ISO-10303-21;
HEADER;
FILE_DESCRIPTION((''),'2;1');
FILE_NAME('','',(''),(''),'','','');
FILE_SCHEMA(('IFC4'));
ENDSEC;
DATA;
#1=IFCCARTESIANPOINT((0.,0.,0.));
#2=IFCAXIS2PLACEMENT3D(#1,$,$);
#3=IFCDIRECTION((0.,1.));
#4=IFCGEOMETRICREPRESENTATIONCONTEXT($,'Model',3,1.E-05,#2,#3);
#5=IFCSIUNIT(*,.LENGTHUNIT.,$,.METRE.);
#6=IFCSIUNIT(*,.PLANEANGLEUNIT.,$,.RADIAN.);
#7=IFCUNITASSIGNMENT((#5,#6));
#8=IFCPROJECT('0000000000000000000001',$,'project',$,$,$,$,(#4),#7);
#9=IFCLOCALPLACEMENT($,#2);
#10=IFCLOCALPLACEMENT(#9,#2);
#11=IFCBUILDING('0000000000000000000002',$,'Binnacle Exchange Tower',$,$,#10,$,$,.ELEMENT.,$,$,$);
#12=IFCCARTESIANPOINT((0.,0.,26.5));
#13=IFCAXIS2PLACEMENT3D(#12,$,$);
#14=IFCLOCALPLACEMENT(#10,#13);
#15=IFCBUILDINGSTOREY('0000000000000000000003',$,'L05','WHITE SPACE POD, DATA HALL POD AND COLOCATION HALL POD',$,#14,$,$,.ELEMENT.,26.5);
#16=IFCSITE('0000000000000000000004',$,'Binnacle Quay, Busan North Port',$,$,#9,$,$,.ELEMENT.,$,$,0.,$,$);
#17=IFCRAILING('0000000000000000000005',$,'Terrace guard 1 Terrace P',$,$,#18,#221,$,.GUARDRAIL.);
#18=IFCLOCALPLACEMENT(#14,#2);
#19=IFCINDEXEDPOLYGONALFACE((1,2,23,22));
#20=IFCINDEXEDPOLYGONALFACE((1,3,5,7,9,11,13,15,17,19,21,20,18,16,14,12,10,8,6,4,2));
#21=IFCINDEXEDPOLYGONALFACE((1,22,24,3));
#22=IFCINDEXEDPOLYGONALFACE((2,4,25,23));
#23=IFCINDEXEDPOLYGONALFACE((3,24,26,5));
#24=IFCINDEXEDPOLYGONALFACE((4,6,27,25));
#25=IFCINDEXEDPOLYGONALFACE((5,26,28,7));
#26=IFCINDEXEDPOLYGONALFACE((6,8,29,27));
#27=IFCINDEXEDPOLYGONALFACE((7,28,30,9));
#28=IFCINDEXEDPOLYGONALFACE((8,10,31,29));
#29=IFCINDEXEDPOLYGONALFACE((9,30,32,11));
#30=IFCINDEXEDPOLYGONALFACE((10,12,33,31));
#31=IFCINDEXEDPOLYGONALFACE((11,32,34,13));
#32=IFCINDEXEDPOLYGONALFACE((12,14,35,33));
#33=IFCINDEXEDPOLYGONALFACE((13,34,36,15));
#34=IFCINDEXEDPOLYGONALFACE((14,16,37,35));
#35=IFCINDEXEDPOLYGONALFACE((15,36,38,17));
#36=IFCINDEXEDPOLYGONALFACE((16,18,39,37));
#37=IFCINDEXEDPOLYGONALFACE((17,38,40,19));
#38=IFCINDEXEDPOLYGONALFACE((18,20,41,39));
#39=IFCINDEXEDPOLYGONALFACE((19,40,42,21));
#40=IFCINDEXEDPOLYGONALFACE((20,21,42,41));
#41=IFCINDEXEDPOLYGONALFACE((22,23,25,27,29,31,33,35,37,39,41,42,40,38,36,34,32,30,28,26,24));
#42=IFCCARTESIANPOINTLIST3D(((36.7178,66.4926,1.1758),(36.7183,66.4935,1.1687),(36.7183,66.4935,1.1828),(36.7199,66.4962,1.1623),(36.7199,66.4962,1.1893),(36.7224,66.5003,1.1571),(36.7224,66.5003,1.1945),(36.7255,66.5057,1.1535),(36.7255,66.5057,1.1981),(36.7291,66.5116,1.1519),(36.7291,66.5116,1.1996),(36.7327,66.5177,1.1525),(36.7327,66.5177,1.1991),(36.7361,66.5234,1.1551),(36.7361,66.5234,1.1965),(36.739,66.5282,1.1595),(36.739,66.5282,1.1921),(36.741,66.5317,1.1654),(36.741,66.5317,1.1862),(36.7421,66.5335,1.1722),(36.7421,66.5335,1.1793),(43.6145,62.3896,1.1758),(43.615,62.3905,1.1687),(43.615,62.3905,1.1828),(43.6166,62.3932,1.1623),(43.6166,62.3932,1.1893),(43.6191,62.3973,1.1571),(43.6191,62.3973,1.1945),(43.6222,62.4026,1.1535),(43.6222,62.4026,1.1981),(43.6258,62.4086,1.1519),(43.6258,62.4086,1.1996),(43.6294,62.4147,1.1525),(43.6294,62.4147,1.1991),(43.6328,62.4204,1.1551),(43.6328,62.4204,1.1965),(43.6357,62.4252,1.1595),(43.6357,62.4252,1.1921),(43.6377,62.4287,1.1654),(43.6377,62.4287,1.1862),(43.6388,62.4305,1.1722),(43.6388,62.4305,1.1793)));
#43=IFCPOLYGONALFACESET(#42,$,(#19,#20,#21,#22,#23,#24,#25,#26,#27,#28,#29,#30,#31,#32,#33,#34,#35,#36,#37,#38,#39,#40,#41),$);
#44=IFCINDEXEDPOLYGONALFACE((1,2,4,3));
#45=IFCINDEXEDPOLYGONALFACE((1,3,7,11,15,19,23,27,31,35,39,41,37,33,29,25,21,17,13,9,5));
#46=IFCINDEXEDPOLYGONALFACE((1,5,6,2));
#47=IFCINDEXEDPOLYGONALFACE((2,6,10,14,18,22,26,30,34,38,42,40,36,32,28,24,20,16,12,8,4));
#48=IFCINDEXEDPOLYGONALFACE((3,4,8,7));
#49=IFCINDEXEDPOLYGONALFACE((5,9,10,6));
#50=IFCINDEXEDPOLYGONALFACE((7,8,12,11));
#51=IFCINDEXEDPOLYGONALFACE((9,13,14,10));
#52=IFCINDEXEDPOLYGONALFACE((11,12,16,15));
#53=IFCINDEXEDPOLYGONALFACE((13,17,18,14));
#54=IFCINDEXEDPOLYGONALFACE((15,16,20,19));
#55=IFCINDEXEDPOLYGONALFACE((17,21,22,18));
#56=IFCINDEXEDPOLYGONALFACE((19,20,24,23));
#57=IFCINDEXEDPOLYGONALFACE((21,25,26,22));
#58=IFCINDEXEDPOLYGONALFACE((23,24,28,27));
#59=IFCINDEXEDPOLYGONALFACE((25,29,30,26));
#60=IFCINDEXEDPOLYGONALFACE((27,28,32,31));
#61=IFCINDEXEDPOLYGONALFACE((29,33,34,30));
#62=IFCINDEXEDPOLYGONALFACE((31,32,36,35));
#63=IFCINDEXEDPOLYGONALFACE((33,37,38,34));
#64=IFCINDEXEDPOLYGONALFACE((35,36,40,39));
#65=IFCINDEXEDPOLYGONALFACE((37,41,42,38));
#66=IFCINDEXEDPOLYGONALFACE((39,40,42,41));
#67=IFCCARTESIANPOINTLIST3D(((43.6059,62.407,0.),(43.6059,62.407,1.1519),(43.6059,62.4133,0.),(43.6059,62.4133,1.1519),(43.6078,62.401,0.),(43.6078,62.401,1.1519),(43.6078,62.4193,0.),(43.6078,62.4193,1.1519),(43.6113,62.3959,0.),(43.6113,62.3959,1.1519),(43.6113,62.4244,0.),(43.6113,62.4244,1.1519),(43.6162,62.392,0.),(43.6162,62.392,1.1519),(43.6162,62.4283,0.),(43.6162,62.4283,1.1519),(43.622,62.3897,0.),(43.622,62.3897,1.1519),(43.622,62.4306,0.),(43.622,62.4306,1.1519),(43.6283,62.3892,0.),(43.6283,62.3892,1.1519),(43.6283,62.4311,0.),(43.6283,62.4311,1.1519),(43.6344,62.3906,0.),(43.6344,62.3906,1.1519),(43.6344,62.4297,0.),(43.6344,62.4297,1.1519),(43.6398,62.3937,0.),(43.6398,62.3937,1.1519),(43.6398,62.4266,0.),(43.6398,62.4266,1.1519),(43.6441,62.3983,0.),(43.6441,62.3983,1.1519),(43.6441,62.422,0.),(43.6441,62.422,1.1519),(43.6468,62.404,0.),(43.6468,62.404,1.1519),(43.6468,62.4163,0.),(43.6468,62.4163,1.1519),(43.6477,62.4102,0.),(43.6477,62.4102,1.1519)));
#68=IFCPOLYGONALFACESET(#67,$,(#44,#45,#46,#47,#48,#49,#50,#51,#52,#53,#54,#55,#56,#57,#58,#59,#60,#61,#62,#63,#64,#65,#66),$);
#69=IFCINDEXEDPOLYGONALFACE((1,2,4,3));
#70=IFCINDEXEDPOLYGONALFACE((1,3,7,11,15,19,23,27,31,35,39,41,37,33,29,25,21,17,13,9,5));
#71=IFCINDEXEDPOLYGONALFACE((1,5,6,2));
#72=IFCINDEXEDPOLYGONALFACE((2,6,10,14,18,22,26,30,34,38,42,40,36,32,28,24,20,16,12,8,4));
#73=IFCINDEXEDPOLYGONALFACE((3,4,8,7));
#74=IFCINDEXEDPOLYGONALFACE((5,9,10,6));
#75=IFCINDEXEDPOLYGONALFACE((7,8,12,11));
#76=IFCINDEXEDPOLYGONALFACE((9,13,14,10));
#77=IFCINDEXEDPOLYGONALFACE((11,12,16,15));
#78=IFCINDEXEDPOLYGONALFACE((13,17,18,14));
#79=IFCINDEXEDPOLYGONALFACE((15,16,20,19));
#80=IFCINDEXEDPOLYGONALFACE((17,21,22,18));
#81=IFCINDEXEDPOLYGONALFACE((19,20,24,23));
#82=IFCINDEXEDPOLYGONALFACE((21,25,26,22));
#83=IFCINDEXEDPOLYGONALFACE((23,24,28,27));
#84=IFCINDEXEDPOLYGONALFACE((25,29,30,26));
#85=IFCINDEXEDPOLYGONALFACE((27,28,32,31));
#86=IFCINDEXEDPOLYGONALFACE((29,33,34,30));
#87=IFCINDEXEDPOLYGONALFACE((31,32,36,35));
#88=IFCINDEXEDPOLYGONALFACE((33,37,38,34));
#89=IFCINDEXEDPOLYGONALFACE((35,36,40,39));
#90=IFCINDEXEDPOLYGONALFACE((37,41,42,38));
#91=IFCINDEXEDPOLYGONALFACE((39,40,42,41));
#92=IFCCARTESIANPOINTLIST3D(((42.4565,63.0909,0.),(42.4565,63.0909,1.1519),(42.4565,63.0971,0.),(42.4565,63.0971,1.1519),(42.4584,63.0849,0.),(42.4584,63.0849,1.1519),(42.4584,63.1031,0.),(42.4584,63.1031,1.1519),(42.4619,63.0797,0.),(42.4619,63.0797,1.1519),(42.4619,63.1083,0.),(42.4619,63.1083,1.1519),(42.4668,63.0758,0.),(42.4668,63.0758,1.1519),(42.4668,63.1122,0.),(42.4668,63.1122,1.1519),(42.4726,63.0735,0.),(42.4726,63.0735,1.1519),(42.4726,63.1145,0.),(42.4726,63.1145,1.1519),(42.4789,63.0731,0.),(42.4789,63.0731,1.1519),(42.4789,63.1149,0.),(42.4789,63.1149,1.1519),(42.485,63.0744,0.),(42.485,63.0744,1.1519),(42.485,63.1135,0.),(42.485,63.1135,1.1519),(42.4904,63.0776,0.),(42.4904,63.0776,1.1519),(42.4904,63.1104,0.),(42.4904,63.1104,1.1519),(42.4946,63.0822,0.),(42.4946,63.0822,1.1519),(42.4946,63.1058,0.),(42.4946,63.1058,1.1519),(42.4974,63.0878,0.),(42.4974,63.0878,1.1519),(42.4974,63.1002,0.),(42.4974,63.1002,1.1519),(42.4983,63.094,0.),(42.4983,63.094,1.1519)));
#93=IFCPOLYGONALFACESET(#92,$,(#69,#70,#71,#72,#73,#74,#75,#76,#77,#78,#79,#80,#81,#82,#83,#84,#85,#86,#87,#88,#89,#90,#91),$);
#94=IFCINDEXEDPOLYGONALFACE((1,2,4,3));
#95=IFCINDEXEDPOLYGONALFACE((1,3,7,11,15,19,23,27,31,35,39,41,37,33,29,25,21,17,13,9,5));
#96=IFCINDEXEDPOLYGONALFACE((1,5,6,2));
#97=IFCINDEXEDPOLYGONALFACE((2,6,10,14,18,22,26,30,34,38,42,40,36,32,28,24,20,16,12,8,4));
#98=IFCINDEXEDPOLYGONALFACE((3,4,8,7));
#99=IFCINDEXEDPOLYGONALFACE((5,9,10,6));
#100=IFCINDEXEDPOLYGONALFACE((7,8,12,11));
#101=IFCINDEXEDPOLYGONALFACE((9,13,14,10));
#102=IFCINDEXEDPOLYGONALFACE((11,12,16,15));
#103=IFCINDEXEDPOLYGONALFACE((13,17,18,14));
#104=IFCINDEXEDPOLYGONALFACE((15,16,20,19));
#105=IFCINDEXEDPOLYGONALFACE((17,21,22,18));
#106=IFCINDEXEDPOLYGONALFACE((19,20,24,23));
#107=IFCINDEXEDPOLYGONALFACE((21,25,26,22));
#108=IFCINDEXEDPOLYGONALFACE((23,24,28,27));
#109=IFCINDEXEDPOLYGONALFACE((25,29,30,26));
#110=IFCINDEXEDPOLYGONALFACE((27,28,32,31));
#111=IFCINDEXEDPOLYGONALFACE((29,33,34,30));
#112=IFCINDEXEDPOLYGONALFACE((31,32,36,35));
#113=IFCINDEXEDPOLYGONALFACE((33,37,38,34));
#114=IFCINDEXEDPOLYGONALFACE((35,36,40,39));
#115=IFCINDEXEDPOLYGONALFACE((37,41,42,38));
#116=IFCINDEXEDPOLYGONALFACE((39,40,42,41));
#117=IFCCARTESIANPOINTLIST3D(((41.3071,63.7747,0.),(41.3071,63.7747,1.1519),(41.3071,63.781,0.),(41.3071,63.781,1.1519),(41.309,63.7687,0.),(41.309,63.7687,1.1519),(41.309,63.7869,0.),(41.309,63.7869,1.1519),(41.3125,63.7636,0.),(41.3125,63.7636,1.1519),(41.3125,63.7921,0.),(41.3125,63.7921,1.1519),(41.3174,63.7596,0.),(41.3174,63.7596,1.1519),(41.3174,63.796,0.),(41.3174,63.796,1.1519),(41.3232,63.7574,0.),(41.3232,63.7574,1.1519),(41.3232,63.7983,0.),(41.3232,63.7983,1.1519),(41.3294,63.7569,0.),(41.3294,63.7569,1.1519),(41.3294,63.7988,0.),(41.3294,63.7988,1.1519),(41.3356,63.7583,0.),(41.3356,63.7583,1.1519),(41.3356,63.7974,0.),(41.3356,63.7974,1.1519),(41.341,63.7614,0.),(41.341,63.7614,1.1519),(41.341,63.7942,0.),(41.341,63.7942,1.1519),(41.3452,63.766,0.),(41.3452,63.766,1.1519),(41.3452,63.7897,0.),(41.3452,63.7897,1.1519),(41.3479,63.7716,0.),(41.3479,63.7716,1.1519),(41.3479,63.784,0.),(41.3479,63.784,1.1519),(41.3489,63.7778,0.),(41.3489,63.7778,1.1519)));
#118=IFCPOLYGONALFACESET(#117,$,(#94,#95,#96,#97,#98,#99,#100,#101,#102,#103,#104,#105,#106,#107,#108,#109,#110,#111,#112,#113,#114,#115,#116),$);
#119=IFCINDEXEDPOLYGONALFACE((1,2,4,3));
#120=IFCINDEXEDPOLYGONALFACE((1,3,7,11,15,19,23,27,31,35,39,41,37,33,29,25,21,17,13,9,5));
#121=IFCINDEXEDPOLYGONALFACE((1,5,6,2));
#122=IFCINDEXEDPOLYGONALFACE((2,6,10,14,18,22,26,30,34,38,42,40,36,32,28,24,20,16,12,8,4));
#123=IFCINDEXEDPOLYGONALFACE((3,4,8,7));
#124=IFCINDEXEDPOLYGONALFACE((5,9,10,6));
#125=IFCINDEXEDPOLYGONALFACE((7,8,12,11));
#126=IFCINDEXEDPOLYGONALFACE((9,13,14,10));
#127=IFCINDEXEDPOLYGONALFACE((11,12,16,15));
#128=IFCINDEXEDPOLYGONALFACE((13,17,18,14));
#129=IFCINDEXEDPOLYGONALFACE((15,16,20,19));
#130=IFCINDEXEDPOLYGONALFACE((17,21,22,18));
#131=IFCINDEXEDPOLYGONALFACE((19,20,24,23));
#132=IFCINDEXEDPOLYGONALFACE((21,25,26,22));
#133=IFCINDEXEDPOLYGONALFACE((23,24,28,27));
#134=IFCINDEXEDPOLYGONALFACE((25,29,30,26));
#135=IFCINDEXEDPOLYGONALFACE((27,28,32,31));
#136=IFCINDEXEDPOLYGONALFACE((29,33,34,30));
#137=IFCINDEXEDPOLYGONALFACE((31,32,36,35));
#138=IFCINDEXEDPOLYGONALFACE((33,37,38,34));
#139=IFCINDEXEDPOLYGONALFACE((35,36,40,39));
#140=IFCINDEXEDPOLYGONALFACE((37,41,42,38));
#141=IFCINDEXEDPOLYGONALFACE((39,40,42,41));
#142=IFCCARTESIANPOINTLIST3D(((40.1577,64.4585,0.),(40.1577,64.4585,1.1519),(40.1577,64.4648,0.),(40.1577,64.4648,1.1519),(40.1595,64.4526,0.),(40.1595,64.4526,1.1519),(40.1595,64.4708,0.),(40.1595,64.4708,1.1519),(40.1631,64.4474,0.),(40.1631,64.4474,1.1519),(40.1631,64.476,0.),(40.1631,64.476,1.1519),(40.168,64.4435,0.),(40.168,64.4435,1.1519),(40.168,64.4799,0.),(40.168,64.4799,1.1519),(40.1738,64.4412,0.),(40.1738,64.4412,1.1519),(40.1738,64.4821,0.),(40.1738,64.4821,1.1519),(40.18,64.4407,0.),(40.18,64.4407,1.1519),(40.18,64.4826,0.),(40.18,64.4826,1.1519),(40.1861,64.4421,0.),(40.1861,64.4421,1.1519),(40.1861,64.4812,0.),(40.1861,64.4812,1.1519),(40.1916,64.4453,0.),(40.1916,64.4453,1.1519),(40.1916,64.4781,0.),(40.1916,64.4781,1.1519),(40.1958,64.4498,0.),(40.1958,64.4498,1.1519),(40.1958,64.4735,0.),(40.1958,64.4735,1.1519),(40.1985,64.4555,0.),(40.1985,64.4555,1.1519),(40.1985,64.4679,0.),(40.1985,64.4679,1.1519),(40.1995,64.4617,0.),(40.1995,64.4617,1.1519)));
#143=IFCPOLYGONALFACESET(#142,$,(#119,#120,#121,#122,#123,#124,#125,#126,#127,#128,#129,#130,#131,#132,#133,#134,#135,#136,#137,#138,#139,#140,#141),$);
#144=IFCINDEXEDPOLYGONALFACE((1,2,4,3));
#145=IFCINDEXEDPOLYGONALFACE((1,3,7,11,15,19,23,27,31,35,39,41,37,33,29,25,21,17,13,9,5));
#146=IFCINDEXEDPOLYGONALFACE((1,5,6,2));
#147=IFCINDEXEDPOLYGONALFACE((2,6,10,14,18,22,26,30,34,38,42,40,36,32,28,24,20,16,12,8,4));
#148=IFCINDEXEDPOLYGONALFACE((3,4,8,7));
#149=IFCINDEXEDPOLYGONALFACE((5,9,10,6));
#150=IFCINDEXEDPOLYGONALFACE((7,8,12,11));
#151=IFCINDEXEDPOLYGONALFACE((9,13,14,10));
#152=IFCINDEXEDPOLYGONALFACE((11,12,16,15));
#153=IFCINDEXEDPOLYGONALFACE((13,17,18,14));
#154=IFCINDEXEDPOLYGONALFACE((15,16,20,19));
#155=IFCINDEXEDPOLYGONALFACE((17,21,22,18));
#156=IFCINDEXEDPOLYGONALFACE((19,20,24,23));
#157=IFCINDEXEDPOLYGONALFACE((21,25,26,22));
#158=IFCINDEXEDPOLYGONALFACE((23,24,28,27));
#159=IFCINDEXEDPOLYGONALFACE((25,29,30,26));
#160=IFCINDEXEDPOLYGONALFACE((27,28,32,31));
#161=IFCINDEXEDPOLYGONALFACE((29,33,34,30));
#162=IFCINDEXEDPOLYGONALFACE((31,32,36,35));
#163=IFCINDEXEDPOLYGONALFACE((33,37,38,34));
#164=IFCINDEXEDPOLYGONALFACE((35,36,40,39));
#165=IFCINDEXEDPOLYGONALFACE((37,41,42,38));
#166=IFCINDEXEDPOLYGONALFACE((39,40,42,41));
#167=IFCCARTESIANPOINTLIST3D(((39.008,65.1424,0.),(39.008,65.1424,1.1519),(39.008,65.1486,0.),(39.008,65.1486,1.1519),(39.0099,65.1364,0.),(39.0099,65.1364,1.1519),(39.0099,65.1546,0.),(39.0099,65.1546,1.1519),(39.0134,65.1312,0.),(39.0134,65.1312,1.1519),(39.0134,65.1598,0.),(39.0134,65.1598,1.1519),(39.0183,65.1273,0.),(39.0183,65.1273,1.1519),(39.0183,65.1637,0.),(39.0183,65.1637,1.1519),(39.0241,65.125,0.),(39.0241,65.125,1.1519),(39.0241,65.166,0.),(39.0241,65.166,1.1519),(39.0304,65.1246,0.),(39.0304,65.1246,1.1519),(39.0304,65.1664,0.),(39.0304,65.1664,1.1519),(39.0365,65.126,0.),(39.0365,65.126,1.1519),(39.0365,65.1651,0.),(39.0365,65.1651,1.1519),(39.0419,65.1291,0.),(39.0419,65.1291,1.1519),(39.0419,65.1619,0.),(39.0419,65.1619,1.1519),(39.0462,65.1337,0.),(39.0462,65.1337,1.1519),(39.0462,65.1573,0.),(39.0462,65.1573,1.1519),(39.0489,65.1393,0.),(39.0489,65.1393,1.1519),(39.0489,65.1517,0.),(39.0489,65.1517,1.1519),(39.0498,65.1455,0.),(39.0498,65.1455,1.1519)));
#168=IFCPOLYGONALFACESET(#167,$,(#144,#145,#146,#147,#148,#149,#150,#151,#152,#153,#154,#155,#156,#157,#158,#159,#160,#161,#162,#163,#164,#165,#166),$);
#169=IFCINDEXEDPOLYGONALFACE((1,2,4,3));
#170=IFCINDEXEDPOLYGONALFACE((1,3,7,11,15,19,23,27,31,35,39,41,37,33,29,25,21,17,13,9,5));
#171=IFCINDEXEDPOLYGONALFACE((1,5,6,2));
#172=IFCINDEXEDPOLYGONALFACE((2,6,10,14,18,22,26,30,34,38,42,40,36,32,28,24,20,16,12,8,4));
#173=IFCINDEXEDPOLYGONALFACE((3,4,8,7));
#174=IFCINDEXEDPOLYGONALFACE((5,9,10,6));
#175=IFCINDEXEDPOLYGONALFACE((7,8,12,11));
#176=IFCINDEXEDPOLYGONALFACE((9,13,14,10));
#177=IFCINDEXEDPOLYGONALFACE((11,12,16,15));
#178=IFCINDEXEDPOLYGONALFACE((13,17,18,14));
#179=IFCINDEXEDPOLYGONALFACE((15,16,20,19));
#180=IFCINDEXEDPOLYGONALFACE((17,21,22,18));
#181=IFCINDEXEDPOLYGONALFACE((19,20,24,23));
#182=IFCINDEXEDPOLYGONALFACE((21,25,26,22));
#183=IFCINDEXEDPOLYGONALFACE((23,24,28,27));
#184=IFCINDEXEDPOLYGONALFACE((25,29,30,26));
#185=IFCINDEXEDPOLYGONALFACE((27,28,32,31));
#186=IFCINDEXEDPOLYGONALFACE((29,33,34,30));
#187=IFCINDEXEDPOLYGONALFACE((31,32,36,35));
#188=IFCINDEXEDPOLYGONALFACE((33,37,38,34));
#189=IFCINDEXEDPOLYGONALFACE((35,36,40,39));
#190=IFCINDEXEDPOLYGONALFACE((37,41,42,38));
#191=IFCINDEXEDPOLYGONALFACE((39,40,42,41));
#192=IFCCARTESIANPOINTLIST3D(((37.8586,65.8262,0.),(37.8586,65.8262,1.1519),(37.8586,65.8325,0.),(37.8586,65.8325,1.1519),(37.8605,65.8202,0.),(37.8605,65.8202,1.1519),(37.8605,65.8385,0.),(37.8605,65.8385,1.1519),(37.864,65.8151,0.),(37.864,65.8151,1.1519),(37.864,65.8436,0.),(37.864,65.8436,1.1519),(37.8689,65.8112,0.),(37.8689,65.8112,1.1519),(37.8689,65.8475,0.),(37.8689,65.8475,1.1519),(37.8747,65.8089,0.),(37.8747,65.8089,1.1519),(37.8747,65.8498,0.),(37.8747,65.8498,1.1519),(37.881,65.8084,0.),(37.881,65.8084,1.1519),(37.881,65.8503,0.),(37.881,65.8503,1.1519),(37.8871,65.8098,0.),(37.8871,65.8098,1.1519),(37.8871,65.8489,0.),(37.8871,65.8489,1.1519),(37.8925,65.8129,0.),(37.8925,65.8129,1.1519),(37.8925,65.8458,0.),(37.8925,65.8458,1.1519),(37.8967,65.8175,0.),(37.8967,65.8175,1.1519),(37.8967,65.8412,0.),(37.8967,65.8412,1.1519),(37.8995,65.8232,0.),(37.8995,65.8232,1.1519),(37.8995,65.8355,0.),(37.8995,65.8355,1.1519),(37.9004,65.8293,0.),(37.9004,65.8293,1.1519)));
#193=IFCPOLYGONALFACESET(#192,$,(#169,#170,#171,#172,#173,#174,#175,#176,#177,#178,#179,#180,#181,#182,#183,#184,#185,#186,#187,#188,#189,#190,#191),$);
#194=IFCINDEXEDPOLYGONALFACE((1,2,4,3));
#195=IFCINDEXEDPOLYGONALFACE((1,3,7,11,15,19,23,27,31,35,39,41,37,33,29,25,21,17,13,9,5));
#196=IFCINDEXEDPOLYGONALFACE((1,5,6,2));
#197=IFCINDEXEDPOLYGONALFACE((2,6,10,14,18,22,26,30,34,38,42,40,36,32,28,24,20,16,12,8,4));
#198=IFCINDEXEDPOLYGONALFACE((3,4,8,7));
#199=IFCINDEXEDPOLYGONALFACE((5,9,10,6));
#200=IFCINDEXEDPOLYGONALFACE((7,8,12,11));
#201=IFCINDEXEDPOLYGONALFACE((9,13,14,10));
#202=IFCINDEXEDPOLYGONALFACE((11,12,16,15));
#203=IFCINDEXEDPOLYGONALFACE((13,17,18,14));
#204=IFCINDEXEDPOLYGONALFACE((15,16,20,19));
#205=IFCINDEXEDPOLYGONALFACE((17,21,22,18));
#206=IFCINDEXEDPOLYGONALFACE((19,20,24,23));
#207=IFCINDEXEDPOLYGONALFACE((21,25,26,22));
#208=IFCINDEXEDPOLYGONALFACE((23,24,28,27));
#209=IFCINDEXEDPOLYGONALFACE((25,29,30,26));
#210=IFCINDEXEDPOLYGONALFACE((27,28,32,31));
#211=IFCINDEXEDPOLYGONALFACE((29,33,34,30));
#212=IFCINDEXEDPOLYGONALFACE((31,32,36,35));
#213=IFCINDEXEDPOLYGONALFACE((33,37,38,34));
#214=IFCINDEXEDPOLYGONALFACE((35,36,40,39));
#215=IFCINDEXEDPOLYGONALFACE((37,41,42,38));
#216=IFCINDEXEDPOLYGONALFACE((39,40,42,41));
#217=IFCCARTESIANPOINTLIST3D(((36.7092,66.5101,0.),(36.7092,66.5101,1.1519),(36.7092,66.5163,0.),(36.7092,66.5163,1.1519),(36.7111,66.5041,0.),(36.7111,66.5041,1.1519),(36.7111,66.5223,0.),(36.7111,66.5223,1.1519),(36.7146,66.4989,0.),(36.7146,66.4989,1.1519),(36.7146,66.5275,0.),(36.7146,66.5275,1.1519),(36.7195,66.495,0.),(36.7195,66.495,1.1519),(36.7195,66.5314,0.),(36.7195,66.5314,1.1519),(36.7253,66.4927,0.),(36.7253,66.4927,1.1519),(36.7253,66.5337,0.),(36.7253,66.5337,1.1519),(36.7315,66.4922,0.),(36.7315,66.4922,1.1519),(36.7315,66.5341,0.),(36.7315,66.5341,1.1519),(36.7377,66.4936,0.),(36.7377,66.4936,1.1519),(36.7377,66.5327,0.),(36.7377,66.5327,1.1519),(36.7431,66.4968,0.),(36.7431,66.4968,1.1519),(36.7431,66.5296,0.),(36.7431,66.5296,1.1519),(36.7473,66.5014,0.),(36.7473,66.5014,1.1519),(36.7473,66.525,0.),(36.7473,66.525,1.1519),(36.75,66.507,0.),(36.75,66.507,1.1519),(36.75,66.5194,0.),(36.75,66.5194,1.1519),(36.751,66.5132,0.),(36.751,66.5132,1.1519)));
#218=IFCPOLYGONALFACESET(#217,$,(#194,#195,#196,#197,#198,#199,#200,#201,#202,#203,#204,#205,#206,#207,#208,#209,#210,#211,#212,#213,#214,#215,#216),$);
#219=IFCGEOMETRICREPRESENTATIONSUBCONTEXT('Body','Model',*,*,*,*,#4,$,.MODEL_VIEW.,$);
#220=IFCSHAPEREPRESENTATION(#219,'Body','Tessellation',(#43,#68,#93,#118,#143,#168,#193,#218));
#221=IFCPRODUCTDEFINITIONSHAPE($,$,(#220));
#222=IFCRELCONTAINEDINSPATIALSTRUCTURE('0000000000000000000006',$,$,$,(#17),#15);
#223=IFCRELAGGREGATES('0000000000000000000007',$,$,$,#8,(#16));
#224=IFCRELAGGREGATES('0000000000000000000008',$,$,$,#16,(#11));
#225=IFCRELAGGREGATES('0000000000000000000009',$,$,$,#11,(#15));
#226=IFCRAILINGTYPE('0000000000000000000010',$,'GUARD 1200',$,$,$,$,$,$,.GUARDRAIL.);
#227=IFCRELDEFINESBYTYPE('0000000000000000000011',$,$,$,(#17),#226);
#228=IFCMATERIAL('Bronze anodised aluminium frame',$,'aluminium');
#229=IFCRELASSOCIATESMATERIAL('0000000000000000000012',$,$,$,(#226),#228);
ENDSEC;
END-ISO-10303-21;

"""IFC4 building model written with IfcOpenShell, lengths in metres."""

from ifc_helpers import new_model, si_unit, direction, frame, origin, origin_2d, place, context, subcontext, project, spatial, circle, extrude, material, type_object, element, save


model = new_model("IFC4")

# Units and contexts
model_context = context("Model", 3, precision=1e-05, world=origin(), true_north=direction((0.0, 1.0)))
body_context = subcontext(model_context, "Body", "Model", "MODEL_VIEW")
ifc_project = project(units=[si_unit("LENGTHUNIT", "METRE"), si_unit("PLANEANGLEUNIT", "RADIAN")], contexts=[model_context])

# Site, building, storey
site_placement = place(None, origin())
site = spatial("IfcSite", under=ifc_project, at=site_placement, Name="Binnacle Quay, Busan North Port", CompositionType="ELEMENT", RefElevation=0.0)
building_placement = place(site_placement, origin())
building = spatial("IfcBuilding", under=site, at=building_placement, Name="Binnacle Exchange Tower", CompositionType="ELEMENT")
storey_placement = place(building_placement, frame((0.0, 0.0, 26.5)))
storey = spatial("IfcBuildingStorey", under=building, at=storey_placement, Name="L05", Description="WHITE SPACE POD, DATA HALL POD AND COLOCATION HALL POD", CompositionType="ELEMENT", Elevation=26.5)

# Shared definitions
ifc_material_1 = material(Name="Bronze anodised aluminium frame", Category="aluminium")

# Railing
railing_type = type_object("IfcRailingType", Name="GUARD 1200", PredefinedType="GUARDRAIL", material=ifc_material_1)
railing_1_placement = place(storey_placement, frame((43.6267, 62.4102, 0.0)))
element("IfcRailing", 1, at=railing_1_placement, inside=storey, type_object=railing_type, Name="Terrace guard 1 Terrace P", PredefinedType="GUARDRAIL", context=body_context, shape_type="SweptSolid", body=[
    extrude(circle(Radius=0.0239, at=origin_2d()), frame((0.0, 0.0, 1.1758), z_axis=(-0.859412, 0.511284, 0.0), x_axis=(-0.511284, -0.859412, 0.0)), (0.0, 0.0, 1.0), 8.0249),
    extrude(circle(Radius=0.021, at=origin_2d()), origin(), (0.0, 0.0, 1.0), 1.1519),
    extrude(circle(Radius=0.021, at=origin_2d()), frame((-1.1494, 0.6838, 0.0)), (0.0, 0.0, 1.0), 1.1519),
    extrude(circle(Radius=0.021, at=origin_2d()), frame((-2.2988, 1.3677, 0.0)), (0.0, 0.0, 1.0), 1.1519),
    extrude(circle(Radius=0.021, at=origin_2d()), frame((-3.4482, 2.0515, 0.0)), (0.0, 0.0, 1.0), 1.1519),
    extrude(circle(Radius=0.021, at=origin_2d()), frame((-4.5979, 2.7354, 0.0)), (0.0, 0.0, 1.0), 1.1519),
    extrude(circle(Radius=0.021, at=origin_2d()), frame((-5.7473, 3.4192, 0.0)), (0.0, 0.0, 1.0), 1.1519),
    extrude(circle(Radius=0.021, at=origin_2d()), frame((-6.8967, 4.103, 0.0)), (0.0, 0.0, 1.0), 1.1519),
])

save(model, "model.ifc")
